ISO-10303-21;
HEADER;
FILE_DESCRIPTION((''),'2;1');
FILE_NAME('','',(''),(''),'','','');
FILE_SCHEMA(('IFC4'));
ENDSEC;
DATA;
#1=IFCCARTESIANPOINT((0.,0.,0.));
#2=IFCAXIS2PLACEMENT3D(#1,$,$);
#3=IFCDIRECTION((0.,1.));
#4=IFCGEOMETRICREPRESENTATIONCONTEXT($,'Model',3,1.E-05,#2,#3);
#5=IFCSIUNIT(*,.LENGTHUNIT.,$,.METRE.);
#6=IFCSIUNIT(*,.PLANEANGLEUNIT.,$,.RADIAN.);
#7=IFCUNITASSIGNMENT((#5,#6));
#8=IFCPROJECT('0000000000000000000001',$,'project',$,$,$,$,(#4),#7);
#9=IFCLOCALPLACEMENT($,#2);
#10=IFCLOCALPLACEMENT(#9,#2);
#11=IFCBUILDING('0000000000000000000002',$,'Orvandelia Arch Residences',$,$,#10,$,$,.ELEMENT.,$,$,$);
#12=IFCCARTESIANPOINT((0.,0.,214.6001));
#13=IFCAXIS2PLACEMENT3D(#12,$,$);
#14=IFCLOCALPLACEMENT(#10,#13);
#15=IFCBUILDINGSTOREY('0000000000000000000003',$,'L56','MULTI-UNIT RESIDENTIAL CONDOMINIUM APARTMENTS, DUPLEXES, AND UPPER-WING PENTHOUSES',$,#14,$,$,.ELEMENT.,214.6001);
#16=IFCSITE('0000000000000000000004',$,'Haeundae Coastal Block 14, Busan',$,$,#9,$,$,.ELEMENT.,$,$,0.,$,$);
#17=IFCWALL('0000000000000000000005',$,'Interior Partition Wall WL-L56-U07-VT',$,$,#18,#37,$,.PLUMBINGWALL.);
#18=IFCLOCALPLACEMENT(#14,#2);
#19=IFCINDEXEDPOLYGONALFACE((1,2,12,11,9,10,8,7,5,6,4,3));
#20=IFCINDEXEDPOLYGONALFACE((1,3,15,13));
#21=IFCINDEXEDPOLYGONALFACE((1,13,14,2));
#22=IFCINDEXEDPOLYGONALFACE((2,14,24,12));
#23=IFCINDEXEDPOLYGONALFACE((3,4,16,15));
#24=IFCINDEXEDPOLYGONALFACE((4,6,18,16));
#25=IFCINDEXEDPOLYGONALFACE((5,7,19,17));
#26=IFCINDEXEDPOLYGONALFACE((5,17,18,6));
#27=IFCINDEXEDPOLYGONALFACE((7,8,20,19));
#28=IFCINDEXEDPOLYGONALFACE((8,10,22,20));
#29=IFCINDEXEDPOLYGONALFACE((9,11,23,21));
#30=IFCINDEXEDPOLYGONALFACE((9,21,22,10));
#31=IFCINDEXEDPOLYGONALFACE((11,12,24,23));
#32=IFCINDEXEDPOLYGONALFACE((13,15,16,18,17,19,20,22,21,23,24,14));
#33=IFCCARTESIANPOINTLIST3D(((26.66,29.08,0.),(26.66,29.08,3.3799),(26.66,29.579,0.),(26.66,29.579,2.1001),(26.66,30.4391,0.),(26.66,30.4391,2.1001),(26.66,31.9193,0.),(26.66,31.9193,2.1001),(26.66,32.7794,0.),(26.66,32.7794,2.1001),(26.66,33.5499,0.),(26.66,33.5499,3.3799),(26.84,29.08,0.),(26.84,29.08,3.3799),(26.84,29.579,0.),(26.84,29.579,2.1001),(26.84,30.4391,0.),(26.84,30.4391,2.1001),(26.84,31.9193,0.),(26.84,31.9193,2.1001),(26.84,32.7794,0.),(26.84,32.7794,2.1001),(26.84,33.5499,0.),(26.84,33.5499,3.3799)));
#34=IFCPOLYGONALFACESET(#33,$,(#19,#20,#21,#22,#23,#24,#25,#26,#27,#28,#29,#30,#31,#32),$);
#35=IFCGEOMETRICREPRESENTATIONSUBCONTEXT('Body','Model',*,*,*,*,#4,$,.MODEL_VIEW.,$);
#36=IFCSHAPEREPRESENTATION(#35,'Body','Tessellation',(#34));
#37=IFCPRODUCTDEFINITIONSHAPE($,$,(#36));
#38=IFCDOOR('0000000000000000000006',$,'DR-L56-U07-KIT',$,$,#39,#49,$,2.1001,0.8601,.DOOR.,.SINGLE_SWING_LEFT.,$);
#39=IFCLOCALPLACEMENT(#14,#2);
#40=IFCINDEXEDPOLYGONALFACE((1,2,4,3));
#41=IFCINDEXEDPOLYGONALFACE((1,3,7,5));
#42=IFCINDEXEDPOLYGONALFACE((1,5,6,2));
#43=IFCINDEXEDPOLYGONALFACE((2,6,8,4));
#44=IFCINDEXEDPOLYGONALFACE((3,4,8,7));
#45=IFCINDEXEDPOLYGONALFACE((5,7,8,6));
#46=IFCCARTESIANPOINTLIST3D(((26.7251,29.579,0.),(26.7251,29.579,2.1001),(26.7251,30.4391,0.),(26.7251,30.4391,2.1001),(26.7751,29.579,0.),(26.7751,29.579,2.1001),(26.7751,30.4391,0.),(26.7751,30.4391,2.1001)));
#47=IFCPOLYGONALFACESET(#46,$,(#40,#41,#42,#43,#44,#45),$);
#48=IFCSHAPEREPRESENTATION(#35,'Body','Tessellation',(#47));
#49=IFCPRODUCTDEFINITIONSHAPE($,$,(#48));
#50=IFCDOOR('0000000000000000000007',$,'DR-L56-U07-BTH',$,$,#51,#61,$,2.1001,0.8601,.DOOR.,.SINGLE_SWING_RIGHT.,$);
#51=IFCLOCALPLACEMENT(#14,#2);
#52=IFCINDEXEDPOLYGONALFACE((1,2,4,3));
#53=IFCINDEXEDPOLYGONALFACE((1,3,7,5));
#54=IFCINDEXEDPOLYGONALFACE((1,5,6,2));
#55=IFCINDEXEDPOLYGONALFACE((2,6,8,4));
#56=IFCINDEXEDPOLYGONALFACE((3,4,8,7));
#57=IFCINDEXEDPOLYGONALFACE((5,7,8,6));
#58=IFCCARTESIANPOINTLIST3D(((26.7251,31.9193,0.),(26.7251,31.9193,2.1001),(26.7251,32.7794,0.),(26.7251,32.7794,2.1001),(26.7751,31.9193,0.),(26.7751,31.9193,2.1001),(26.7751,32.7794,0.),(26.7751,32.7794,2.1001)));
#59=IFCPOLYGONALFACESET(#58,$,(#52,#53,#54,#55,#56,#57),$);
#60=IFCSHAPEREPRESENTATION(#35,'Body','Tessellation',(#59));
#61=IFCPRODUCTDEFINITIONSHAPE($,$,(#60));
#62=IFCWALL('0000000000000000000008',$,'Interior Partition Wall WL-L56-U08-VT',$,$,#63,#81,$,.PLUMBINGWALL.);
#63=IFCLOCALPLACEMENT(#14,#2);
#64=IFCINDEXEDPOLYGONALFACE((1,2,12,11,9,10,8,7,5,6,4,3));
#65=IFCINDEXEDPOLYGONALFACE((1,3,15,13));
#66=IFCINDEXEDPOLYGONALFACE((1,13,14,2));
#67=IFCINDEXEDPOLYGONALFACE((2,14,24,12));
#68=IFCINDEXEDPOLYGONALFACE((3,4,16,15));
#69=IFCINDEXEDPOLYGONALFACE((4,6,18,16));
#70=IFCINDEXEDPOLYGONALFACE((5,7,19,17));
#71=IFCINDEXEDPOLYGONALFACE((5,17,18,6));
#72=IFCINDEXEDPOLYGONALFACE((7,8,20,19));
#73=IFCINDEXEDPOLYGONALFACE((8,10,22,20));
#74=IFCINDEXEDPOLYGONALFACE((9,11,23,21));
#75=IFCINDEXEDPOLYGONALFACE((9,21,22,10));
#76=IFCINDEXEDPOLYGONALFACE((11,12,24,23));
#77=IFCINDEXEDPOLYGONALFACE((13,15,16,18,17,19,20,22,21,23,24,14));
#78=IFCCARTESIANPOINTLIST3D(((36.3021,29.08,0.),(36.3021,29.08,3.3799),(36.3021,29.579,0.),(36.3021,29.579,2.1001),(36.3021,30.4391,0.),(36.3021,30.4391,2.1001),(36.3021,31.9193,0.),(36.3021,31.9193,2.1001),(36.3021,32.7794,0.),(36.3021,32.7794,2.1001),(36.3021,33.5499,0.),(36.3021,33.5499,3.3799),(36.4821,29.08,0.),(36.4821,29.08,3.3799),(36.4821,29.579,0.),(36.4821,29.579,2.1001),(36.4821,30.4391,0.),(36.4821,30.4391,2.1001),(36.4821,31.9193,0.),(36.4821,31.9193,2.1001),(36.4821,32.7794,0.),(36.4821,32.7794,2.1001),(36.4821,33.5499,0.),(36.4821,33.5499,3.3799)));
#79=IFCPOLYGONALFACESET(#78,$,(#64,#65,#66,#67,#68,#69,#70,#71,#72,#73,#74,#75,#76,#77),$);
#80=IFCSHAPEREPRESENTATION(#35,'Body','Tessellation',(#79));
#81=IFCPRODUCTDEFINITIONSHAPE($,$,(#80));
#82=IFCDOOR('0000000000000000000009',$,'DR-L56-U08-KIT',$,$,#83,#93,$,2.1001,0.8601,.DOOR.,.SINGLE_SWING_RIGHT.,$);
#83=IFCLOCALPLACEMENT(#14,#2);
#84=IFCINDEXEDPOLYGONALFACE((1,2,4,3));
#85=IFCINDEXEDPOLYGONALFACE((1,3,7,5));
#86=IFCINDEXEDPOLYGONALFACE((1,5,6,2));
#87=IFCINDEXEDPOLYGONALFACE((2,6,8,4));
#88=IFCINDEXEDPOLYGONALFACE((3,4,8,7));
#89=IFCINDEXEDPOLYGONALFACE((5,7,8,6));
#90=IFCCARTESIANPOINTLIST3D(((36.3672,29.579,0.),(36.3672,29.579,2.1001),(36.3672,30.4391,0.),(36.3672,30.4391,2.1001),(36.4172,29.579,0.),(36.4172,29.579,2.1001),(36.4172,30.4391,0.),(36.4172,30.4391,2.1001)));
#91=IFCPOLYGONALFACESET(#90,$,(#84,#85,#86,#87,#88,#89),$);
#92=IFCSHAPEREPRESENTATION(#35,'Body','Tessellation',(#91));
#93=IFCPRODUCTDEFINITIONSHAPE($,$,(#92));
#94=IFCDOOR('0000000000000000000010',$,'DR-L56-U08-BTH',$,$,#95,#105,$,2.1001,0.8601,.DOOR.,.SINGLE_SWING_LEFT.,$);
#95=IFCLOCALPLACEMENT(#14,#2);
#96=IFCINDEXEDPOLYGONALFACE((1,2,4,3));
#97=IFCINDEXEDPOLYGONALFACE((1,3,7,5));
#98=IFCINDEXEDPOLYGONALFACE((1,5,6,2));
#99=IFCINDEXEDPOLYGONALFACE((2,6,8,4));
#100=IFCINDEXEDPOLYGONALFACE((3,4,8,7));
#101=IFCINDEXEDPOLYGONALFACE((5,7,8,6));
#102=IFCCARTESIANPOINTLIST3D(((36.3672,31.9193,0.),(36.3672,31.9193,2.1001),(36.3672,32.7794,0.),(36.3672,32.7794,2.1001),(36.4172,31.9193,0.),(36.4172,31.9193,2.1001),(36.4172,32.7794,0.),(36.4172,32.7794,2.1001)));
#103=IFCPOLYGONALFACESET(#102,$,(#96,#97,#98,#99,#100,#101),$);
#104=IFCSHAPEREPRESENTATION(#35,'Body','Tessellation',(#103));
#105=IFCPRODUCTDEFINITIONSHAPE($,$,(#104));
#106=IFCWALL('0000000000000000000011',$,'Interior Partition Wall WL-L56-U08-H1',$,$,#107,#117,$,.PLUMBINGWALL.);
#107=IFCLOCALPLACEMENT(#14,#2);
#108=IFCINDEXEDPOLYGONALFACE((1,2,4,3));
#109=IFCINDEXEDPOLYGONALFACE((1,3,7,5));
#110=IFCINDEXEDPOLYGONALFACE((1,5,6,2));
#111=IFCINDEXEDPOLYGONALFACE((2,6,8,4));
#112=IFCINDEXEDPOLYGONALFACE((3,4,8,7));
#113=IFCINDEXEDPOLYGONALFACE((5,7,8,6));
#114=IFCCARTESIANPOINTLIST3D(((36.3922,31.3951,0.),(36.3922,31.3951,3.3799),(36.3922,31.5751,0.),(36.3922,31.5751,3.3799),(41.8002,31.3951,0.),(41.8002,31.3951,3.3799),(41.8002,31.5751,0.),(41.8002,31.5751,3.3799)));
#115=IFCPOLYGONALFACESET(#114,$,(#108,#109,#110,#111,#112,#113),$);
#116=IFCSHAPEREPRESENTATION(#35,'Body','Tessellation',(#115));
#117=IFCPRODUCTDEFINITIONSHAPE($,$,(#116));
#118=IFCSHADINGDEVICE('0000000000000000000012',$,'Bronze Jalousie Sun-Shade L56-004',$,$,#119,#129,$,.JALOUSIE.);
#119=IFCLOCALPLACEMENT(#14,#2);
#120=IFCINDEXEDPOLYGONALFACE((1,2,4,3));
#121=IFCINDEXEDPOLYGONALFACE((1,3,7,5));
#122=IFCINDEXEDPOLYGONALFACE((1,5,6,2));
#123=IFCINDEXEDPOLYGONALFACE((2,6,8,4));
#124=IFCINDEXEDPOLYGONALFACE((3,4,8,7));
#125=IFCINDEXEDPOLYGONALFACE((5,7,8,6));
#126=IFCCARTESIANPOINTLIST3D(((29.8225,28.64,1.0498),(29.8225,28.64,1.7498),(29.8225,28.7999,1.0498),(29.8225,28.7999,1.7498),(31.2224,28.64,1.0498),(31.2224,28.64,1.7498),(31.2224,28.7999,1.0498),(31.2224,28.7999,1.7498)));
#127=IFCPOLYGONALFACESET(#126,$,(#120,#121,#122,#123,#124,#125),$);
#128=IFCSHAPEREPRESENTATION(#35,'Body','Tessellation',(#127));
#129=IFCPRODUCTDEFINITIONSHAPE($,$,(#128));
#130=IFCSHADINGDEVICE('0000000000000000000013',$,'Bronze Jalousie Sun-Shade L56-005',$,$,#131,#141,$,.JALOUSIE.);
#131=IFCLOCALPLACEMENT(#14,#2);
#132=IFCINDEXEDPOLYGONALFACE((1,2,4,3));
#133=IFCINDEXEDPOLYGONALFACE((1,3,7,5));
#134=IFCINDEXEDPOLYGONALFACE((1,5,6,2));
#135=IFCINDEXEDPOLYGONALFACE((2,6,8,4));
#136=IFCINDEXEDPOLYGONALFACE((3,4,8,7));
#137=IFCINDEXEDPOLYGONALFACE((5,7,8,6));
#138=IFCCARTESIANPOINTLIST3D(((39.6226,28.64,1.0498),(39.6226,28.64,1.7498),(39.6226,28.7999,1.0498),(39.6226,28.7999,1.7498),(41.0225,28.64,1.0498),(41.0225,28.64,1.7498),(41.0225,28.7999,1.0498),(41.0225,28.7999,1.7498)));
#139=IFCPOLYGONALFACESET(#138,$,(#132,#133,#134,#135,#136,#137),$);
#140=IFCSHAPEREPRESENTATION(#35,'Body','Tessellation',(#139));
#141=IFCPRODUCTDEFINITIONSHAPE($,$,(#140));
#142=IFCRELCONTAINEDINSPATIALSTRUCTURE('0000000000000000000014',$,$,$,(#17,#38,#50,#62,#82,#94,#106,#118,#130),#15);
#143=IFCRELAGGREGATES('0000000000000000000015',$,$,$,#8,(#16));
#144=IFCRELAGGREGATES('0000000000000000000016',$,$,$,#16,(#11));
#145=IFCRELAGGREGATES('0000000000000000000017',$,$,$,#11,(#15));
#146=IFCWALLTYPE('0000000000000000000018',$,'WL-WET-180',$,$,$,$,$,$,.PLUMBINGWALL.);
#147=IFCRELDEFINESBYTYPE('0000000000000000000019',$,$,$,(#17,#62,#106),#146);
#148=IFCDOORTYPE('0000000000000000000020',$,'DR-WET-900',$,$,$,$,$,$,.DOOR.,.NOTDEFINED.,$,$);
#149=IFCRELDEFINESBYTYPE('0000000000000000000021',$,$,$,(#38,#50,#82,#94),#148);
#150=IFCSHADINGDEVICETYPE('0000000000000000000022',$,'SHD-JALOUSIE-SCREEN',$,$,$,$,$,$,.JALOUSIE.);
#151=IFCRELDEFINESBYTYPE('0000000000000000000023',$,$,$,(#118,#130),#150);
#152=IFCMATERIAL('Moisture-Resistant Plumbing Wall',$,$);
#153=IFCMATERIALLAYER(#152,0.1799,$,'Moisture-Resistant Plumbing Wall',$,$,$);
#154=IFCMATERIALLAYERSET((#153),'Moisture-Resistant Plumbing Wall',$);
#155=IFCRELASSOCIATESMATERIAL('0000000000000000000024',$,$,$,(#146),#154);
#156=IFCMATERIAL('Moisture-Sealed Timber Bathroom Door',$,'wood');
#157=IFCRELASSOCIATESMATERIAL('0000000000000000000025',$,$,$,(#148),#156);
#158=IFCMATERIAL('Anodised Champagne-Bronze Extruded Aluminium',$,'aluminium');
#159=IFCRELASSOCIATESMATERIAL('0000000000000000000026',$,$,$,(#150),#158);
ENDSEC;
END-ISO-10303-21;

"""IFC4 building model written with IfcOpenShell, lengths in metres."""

from ifc_helpers import new_model, si_unit, direction, frame, frame_2d, origin, origin_2d, place, context, subcontext, project, spatial, rectangle, extrude, material, layer, layer_set, type_object, element, fill, save


model = new_model("IFC4")

# Units and contexts
model_context = context("Model", 3, precision=1e-05, world=origin(), true_north=direction((0.0, 1.0)))
body_context = subcontext(model_context, "Body", "Model", "MODEL_VIEW")
ifc_project = project(units=[si_unit("LENGTHUNIT", "METRE"), si_unit("PLANEANGLEUNIT", "RADIAN")], contexts=[model_context])

# Site, building, storey
site_placement = place(None, origin())
site = spatial("IfcSite", under=ifc_project, at=site_placement, Name="Haeundae Coastal Block 14, Busan", CompositionType="ELEMENT", RefElevation=0.0)
building_placement = place(site_placement, origin())
building = spatial("IfcBuilding", under=site, at=building_placement, Name="Orvandelia Arch Residences", CompositionType="ELEMENT")
storey_placement = place(building_placement, frame((0.0, 0.0, 214.6001)))
storey = spatial("IfcBuildingStorey", under=building, at=storey_placement, Name="L56", Description="MULTI-UNIT RESIDENTIAL CONDOMINIUM APARTMENTS, DUPLEXES, AND UPPER-WING PENTHOUSES", CompositionType="ELEMENT", Elevation=214.6001)

# Walls, openings, doors
ifc_material_1 = material(Name="Moisture-Resistant Plumbing Wall")
ifc_layer_1 = layer(ifc_material_1, 0.1799, Name="Moisture-Resistant Plumbing Wall")
ifc_layer_set_1 = layer_set([ifc_layer_1], Name="Moisture-Resistant Plumbing Wall")
wall_type_1 = type_object("IfcWallType", Name="WL-WET-180", PredefinedType="PLUMBINGWALL", material=ifc_layer_set_1)
wall_1_placement = place(storey_placement, frame((26.75, 29.0801, 0.0), z_axis=(0.0, 0.0, 1.0), x_axis=(0.0, 1.0, 0.0)))
wall_1 = element("IfcWall", 1, at=wall_1_placement, inside=storey, type_object=wall_type_1, Name="Interior Partition Wall WL-L56-U07-VT", PredefinedType="PLUMBINGWALL", context=body_context, shape_type="SweptSolid", body=[
    extrude(rectangle(XDim=4.47, YDim=0.1799, at=frame_2d((2.2349, 0.0))), origin(), (0.0, 0.0, 1.0), 3.3799),
])
opening_1_placement = place(wall_1_placement, frame((0.4988, 0.0, 0.0)))
opening_1 = element("IfcOpeningElement", 2, at=opening_1_placement, cuts=wall_1, PredefinedType="OPENING", context=body_context, shape_type="SweptSolid", body=[
    extrude(rectangle(XDim=0.8601, YDim=2.1001, at=frame_2d((0.4302, 1.05))), frame((0.0, 0.1001, 0.0), z_axis=(0.0, -1.0, 0.0), x_axis=(1.0, 0.0, 0.0)), (0.0, 0.0, 1.0), 0.2),
])
opening_2_placement = place(wall_1_placement, frame((2.8391, 0.0, 0.0)))
opening_2 = element("IfcOpeningElement", 3, at=opening_2_placement, cuts=wall_1, PredefinedType="OPENING", context=body_context, shape_type="SweptSolid", body=[
    extrude(rectangle(XDim=0.8601, YDim=2.1001, at=frame_2d((0.4302, 1.05))), frame((0.0, 0.1001, 0.0), z_axis=(0.0, -1.0, 0.0), x_axis=(1.0, 0.0, 0.0)), (0.0, 0.0, 1.0), 0.2),
])
ifc_material_2 = material(Name="Moisture-Sealed Timber Bathroom Door", Category="wood")
door_type = type_object("IfcDoorType", Name="DR-WET-900", OperationType="NOTDEFINED", PredefinedType="DOOR", material=ifc_material_2)
door_1_placement = place(opening_1_placement, origin())
door_1 = element("IfcDoor", 4, at=door_1_placement, inside=storey, type_object=door_type, Name="DR-L56-U07-KIT", OperationType="SINGLE_SWING_LEFT", OverallHeight=2.1001, OverallWidth=0.8601, PredefinedType="DOOR", context=body_context, shape_type="SweptSolid", body=[
    extrude(rectangle(XDim=0.8601, YDim=2.1001, at=frame_2d((0.4302, 1.05))), frame((0.0, 0.0249, 0.0), z_axis=(0.0, -1.0, 0.0), x_axis=(1.0, 0.0, 0.0)), (0.0, 0.0, 1.0), 0.05),
])
fill(opening_1, door_1)
door_2_placement = place(opening_2_placement, origin())
door_2 = element("IfcDoor", 5, at=door_2_placement, inside=storey, type_object=door_type, Name="DR-L56-U07-BTH", OperationType="SINGLE_SWING_RIGHT", OverallHeight=2.1001, OverallWidth=0.8601, PredefinedType="DOOR", context=body_context, shape_type="SweptSolid", body=[
    extrude(rectangle(XDim=0.8601, YDim=2.1001, at=frame_2d((0.4302, 1.05))), frame((0.0, 0.0249, 0.0), z_axis=(0.0, -1.0, 0.0), x_axis=(1.0, 0.0, 0.0)), (0.0, 0.0, 1.0), 0.05),
])
fill(opening_2, door_2)
wall_2_placement = place(storey_placement, frame((36.3921, 29.0801, 0.0), z_axis=(0.0, 0.0, 1.0), x_axis=(0.0, 1.0, 0.0)))
wall_2 = element("IfcWall", 6, at=wall_2_placement, inside=storey, type_object=wall_type_1, Name="Interior Partition Wall WL-L56-U08-VT", PredefinedType="PLUMBINGWALL", context=body_context, shape_type="SweptSolid", body=[
    extrude(rectangle(XDim=4.47, YDim=0.1799, at=frame_2d((2.2349, 0.0))), origin(), (0.0, 0.0, 1.0), 3.3799),
])
opening_3_placement = place(wall_2_placement, frame((0.4988, 0.0, 0.0)))
opening_3 = element("IfcOpeningElement", 7, at=opening_3_placement, cuts=wall_2, PredefinedType="OPENING", context=body_context, shape_type="SweptSolid", body=[
    extrude(rectangle(XDim=0.8601, YDim=2.1001, at=frame_2d((0.4302, 1.05))), frame((0.0, 0.1001, 0.0), z_axis=(0.0, -1.0, 0.0), x_axis=(1.0, 0.0, 0.0)), (0.0, 0.0, 1.0), 0.2),
])
opening_4_placement = place(wall_2_placement, frame((2.8391, 0.0, 0.0)))
opening_4 = element("IfcOpeningElement", 8, at=opening_4_placement, cuts=wall_2, PredefinedType="OPENING", context=body_context, shape_type="SweptSolid", body=[
    extrude(rectangle(XDim=0.8601, YDim=2.1001, at=frame_2d((0.4302, 1.05))), frame((0.0, 0.1001, 0.0), z_axis=(0.0, -1.0, 0.0), x_axis=(1.0, 0.0, 0.0)), (0.0, 0.0, 1.0), 0.2),
])
door_3_placement = place(opening_3_placement, origin())
door_3 = element("IfcDoor", 9, at=door_3_placement, inside=storey, type_object=door_type, Name="DR-L56-U08-KIT", OperationType="SINGLE_SWING_RIGHT", OverallHeight=2.1001, OverallWidth=0.8601, PredefinedType="DOOR", context=body_context, shape_type="SweptSolid", body=[
    extrude(rectangle(XDim=0.8601, YDim=2.1001, at=frame_2d((0.4302, 1.05))), frame((0.0, 0.0249, 0.0), z_axis=(0.0, -1.0, 0.0), x_axis=(1.0, 0.0, 0.0)), (0.0, 0.0, 1.0), 0.05),
])
fill(opening_3, door_3)
door_4_placement = place(opening_4_placement, origin())
door_4 = element("IfcDoor", 10, at=door_4_placement, inside=storey, type_object=door_type, Name="DR-L56-U08-BTH", OperationType="SINGLE_SWING_LEFT", OverallHeight=2.1001, OverallWidth=0.8601, PredefinedType="DOOR", context=body_context, shape_type="SweptSolid", body=[
    extrude(rectangle(XDim=0.8601, YDim=2.1001, at=frame_2d((0.4302, 1.05))), frame((0.0, 0.0249, 0.0), z_axis=(0.0, -1.0, 0.0), x_axis=(1.0, 0.0, 0.0)), (0.0, 0.0, 1.0), 0.05),
])
fill(opening_4, door_4)

# Wall
wall_3_placement = place(storey_placement, frame((36.3921, 31.4851, 0.0), z_axis=(0.0, 0.0, 1.0), x_axis=(1.0, 0.0, 0.0)))
element("IfcWall", 11, at=wall_3_placement, inside=storey, type_object=wall_type_1, Name="Interior Partition Wall WL-L56-U08-H1", PredefinedType="PLUMBINGWALL", context=body_context, shape_type="SweptSolid", body=[
    extrude(rectangle(XDim=5.408, YDim=0.1799, at=frame_2d((2.7041, 0.0))), origin(), (0.0, 0.0, 1.0), 3.3799),
])

# Shading devices
ifc_material_3 = material(Name="Anodised Champagne-Bronze Extruded Aluminium", Category="aluminium")
shading_device_type = type_object("IfcShadingDeviceType", Name="SHD-JALOUSIE-SCREEN", PredefinedType="JALOUSIE", material=ifc_material_3)
for number, where, z_axis, x_axis, name in (
    (12, (30.5225, 28.72, 1.0498), (0.0, 0.0, 1.0), (-1.0, 0.0, 0.0), "Bronze Jalousie Sun-Shade L56-004"),
    (13, (40.3225, 28.72, 1.0498), (0.0, 0.0, 1.0), (-1.0, 0.0, 0.0), "Bronze Jalousie Sun-Shade L56-005"),
):
    element("IfcShadingDevice", number, at=place(storey_placement, frame(where, z_axis=z_axis, x_axis=x_axis)), inside=storey, type_object=shading_device_type, Name=name, PredefinedType="JALOUSIE", context=body_context, shape_type="SweptSolid", body=[
        extrude(rectangle(XDim=1.3999, YDim=0.1599, at=origin_2d()), origin(), (0.0, 0.0, 1.0), 0.7),
    ])

save(model, "model.ifc")
